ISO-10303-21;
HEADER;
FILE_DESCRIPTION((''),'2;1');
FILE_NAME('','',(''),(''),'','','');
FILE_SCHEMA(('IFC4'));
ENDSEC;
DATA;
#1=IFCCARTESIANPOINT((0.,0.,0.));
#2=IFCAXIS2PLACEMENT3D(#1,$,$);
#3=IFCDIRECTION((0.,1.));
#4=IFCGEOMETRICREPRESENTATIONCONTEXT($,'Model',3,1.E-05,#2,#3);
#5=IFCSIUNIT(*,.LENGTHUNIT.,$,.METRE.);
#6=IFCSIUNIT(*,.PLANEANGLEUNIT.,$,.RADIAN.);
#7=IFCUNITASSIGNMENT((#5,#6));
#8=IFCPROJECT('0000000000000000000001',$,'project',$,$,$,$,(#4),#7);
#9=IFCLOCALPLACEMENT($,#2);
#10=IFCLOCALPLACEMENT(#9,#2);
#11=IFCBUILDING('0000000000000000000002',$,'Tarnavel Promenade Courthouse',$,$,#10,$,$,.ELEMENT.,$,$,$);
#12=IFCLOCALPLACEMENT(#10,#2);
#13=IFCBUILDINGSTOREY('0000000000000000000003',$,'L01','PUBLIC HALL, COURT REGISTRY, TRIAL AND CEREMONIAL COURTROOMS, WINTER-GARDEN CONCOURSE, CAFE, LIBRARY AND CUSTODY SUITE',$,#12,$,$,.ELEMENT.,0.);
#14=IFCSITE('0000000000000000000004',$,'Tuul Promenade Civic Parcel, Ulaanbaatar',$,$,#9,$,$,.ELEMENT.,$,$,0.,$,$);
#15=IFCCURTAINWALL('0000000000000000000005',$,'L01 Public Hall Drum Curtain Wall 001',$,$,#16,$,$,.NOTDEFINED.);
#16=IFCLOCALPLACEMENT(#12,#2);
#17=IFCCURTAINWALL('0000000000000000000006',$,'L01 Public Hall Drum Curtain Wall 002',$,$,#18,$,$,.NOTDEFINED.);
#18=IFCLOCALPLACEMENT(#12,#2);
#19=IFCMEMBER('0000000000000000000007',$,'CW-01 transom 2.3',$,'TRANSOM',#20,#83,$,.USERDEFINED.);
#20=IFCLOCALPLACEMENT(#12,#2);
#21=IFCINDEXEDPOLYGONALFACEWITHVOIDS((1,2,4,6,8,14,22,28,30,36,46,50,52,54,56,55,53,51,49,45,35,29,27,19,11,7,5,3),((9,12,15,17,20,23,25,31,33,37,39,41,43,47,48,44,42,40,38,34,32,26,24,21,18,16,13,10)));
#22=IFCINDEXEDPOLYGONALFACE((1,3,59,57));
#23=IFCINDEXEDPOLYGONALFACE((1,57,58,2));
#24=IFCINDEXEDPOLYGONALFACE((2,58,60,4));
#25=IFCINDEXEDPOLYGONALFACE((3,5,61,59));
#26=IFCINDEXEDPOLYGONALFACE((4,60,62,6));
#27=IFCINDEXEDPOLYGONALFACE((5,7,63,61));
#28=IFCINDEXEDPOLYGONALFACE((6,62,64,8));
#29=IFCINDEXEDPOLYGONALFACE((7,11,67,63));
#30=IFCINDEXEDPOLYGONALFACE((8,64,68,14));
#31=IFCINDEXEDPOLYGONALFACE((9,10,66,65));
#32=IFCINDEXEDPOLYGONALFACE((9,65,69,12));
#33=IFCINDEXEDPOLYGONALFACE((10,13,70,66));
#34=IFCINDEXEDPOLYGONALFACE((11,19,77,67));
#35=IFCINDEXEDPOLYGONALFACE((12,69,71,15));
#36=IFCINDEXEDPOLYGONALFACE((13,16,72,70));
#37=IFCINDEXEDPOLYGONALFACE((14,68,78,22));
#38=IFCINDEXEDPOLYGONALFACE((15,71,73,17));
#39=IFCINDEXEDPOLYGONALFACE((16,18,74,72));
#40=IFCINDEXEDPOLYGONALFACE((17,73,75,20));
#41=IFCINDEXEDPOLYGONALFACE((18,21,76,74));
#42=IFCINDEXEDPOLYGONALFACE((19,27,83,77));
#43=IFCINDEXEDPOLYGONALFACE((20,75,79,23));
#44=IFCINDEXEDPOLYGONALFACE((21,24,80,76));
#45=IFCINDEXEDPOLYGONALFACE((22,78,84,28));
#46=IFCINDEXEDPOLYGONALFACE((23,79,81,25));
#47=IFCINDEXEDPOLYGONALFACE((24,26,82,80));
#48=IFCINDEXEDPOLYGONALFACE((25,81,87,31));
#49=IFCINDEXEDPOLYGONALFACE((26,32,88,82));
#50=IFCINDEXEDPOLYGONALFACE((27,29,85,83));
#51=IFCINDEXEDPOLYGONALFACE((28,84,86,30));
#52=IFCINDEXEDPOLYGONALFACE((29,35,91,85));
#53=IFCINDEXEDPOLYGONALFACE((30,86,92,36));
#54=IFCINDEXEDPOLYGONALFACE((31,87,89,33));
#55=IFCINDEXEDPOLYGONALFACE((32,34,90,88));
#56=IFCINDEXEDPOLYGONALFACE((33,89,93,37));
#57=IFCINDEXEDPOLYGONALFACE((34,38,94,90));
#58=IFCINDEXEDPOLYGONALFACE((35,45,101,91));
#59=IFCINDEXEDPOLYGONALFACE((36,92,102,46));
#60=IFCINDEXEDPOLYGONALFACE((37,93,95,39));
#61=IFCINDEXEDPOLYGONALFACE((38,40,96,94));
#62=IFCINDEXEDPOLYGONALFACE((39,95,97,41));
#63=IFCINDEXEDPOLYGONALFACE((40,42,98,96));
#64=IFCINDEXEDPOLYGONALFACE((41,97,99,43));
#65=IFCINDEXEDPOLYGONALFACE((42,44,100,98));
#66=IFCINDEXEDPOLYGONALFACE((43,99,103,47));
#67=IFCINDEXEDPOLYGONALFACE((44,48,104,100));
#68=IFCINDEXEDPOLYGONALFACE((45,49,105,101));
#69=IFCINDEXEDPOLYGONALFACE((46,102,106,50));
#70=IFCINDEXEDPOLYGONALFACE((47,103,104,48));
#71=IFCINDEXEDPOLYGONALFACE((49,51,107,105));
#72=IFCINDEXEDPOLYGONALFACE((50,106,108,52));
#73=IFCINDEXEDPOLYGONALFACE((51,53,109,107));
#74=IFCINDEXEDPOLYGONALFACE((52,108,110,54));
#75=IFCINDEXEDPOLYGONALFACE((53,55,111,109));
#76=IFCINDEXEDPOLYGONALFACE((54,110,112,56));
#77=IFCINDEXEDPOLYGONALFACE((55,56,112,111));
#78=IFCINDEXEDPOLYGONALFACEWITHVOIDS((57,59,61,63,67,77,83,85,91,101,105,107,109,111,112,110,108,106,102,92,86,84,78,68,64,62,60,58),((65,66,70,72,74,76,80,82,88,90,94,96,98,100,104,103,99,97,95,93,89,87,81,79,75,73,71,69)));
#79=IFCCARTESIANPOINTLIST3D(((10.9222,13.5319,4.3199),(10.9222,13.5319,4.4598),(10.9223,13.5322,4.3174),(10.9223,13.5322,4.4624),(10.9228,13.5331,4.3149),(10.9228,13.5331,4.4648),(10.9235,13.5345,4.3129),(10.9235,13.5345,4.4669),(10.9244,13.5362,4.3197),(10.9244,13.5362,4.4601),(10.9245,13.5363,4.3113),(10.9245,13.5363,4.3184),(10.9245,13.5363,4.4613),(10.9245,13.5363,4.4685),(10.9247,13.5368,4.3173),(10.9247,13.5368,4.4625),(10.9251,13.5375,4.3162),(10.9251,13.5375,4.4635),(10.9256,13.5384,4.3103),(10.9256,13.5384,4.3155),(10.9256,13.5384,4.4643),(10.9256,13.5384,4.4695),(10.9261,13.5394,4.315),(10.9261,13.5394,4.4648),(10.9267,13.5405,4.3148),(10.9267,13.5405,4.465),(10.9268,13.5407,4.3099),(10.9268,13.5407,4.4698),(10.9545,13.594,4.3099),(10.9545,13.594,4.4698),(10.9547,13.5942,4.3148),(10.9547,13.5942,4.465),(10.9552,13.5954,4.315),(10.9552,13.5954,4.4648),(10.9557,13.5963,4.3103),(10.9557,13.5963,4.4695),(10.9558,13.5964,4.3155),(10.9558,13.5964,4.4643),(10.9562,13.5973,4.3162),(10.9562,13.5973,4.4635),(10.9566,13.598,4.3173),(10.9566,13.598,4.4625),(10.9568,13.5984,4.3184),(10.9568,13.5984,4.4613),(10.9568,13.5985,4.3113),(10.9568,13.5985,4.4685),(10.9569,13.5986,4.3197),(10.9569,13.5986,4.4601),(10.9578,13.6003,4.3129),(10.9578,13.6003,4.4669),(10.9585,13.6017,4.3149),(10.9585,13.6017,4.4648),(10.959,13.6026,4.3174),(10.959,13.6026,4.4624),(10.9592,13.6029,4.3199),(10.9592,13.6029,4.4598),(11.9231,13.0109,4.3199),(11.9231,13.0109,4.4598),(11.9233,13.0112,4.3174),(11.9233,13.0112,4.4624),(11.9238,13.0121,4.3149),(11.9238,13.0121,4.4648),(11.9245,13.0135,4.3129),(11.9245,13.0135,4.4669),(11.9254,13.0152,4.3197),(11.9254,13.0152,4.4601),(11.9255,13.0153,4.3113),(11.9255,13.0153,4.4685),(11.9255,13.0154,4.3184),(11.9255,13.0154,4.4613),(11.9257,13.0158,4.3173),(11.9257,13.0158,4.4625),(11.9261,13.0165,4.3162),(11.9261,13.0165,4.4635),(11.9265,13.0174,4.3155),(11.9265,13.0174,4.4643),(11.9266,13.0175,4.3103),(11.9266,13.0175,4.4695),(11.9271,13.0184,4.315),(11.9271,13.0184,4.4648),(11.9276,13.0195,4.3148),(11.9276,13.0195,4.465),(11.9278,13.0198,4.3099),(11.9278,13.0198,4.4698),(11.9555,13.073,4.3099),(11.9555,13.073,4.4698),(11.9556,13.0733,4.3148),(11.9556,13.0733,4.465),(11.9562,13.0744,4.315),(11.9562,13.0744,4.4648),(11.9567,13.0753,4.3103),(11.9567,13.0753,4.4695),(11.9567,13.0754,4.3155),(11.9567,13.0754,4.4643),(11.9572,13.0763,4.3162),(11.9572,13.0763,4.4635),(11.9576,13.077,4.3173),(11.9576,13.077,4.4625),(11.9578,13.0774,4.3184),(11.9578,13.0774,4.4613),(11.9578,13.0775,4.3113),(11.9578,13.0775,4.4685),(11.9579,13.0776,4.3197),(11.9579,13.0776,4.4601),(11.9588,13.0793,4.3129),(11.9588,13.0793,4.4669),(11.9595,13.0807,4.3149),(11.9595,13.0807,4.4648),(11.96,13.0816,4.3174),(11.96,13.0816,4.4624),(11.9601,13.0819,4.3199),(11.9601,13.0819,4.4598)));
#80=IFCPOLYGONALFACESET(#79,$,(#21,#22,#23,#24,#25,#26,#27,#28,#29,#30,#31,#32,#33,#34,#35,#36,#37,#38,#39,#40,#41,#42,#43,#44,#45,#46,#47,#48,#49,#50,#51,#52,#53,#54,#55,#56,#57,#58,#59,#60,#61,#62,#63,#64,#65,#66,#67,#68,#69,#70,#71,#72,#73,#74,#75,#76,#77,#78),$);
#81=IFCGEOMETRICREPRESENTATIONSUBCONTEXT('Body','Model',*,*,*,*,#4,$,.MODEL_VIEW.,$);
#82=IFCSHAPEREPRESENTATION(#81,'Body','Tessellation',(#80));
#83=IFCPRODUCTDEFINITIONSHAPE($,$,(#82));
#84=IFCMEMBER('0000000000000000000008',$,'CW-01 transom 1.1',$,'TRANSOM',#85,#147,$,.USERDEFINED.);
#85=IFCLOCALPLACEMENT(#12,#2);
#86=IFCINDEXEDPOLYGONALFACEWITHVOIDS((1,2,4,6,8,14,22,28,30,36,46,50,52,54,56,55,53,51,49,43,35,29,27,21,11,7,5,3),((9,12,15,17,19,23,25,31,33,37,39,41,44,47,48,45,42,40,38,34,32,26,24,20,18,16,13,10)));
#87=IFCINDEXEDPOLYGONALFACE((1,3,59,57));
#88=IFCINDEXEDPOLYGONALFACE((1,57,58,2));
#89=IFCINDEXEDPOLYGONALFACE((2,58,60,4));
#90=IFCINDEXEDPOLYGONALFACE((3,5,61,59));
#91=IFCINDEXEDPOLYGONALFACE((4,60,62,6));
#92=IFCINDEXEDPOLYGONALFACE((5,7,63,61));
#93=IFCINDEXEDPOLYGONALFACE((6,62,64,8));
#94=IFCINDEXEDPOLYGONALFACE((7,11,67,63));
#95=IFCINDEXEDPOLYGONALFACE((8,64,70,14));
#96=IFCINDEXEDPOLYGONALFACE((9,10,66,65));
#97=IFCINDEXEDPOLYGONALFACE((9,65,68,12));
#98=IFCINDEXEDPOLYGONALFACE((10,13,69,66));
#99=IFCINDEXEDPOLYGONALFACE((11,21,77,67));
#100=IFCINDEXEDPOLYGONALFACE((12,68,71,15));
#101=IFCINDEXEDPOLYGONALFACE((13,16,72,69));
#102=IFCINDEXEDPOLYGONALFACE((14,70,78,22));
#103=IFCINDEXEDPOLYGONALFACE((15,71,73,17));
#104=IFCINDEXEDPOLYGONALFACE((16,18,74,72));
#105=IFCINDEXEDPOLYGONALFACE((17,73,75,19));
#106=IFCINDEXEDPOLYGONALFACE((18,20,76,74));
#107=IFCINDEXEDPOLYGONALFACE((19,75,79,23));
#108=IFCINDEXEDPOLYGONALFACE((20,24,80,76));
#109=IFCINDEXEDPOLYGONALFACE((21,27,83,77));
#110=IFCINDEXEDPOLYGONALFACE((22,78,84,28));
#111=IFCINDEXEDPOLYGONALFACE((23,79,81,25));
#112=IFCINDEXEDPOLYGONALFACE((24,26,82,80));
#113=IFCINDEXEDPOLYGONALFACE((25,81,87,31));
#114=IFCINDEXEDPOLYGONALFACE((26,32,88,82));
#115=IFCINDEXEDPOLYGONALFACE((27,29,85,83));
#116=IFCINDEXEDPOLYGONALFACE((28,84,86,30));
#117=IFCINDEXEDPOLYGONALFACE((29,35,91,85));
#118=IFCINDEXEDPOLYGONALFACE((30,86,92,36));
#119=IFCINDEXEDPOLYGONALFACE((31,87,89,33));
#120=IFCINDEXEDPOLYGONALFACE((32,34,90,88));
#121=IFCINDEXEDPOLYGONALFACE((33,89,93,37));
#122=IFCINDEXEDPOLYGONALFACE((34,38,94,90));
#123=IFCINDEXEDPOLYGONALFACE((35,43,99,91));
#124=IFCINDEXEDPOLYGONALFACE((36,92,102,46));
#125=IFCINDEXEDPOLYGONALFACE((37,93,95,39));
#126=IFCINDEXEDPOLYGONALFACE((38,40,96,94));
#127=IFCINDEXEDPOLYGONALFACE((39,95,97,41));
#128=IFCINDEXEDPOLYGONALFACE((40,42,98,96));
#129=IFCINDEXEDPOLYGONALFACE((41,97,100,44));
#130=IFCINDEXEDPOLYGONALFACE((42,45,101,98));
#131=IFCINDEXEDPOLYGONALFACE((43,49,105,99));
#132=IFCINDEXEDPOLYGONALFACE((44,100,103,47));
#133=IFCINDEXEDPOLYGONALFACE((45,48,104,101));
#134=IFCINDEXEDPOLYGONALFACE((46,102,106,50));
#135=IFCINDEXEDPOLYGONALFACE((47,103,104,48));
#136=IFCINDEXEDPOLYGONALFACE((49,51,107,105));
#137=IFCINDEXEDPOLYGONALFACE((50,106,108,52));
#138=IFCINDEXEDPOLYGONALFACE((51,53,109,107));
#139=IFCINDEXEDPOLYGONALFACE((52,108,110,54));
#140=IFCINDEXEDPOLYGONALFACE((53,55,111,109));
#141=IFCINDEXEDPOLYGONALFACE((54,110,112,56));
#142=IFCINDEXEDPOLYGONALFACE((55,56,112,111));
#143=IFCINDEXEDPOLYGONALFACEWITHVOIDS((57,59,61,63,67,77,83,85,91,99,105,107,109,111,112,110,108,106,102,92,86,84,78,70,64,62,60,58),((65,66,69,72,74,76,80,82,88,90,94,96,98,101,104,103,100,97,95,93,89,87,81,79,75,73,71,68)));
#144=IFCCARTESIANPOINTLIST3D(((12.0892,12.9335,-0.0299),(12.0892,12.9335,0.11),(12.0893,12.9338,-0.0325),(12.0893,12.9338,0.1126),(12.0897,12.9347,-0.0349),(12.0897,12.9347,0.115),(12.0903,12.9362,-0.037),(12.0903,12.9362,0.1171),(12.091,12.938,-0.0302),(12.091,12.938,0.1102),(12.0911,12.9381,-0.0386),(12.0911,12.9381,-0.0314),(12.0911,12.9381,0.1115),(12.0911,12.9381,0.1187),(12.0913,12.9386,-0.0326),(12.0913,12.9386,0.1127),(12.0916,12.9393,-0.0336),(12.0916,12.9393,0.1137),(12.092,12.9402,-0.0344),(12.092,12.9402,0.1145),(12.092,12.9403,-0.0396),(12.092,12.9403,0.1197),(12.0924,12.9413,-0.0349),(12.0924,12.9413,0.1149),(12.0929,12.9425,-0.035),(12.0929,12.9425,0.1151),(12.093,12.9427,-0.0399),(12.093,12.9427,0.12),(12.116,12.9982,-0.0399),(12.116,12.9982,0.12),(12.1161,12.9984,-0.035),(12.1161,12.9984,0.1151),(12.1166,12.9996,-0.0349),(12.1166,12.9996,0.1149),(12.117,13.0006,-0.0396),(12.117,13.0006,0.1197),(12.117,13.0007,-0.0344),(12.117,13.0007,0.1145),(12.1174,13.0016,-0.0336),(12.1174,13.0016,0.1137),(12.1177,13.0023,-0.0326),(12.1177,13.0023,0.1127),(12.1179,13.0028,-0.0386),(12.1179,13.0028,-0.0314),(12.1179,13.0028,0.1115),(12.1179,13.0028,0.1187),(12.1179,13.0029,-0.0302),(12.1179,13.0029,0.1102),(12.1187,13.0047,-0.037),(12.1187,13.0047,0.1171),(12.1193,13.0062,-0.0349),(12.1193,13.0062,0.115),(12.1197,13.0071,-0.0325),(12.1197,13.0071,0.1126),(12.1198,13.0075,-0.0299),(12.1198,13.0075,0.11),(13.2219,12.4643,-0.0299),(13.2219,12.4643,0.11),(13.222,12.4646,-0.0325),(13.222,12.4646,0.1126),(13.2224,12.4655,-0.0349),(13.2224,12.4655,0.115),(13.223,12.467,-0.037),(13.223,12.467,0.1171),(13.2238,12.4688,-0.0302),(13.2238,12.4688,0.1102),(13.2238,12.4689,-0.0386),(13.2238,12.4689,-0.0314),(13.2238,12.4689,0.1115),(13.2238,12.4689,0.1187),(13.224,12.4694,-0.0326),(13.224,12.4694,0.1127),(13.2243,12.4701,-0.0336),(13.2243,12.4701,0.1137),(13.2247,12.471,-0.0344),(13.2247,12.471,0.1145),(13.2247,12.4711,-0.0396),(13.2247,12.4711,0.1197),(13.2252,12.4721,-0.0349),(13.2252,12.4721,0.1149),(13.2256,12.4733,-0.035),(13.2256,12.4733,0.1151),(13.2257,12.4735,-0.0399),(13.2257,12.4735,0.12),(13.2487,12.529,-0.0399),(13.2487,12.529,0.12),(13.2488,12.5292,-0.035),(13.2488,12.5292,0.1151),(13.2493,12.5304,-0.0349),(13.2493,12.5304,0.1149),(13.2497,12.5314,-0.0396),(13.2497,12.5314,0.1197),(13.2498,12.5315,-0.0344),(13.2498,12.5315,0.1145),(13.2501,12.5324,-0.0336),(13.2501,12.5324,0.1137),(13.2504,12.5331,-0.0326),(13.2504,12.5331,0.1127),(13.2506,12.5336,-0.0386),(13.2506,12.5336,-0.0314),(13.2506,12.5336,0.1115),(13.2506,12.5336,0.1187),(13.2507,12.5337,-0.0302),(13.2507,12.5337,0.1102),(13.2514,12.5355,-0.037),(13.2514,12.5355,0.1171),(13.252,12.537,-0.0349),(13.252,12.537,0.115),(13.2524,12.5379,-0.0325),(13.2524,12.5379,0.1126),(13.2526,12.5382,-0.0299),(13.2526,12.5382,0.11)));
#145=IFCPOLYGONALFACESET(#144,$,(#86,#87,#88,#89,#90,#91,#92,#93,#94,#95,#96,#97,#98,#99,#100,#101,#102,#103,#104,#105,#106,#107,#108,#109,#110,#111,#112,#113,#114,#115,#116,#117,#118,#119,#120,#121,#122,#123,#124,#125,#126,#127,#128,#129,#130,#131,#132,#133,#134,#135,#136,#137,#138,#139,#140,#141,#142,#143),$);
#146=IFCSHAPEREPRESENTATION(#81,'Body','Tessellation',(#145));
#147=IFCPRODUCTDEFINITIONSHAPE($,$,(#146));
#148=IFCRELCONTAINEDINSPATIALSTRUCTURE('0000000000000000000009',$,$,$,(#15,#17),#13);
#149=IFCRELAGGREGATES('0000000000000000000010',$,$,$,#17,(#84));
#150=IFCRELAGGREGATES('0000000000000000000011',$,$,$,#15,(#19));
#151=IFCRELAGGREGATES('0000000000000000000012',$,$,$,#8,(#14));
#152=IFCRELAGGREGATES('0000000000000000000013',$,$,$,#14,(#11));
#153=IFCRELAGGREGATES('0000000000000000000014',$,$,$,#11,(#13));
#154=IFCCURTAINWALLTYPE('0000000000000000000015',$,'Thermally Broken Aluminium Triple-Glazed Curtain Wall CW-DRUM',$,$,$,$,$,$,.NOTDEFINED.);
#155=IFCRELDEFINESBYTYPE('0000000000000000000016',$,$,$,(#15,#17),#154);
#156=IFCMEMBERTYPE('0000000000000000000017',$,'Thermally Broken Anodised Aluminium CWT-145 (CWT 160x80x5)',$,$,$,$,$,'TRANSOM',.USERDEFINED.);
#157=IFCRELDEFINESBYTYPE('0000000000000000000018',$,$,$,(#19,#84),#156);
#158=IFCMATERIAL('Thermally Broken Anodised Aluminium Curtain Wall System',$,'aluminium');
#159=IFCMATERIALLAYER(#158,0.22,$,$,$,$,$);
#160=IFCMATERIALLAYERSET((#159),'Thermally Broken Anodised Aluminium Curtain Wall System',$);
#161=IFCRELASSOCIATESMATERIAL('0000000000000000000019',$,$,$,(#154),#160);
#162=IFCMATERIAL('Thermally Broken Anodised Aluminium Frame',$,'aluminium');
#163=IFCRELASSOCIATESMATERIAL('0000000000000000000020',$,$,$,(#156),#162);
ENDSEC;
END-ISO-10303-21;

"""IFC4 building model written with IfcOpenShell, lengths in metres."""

from ifc_helpers import new_model, si_unit, direction, frame, origin, origin_2d, place, context, subcontext, project, spatial, hollow_rectangle, extrude, material, layer, layer_set, material_profile, profile_set, type_object, element, aggregate, save


model = new_model("IFC4")

# Units and contexts
model_context = context("Model", 3, precision=1e-05, world=origin(), true_north=direction((0.0, 1.0)))
body_context = subcontext(model_context, "Body", "Model", "MODEL_VIEW")
ifc_project = project(units=[si_unit("LENGTHUNIT", "METRE"), si_unit("PLANEANGLEUNIT", "RADIAN")], contexts=[model_context])

# Site, building, storey
site_placement = place(None, origin())
site = spatial("IfcSite", under=ifc_project, at=site_placement, Name="Tuul Promenade Civic Parcel, Ulaanbaatar", CompositionType="ELEMENT", RefElevation=0.0)
building_placement = place(site_placement, origin())
building = spatial("IfcBuilding", under=site, at=building_placement, Name="Tarnavel Promenade Courthouse", CompositionType="ELEMENT")
storey_placement = place(building_placement, origin())
storey = spatial("IfcBuildingStorey", under=building, at=storey_placement, Name="L01", Description="PUBLIC HALL, COURT REGISTRY, TRIAL AND CEREMONIAL COURTROOMS, WINTER-GARDEN CONCOURSE, CAFE, LIBRARY AND CUSTODY SUITE", CompositionType="ELEMENT", Elevation=0.0)

# Curtain wall
ifc_material_1 = material(Name="Thermally Broken Anodised Aluminium Curtain Wall System", Category="aluminium")
ifc_layer_1 = layer(ifc_material_1, 0.22)
ifc_layer_set_1 = layer_set([ifc_layer_1], Name="Thermally Broken Anodised Aluminium Curtain Wall System")
curtain_wall_type = type_object("IfcCurtainWallType", Name="Thermally Broken Aluminium Triple-Glazed Curtain Wall CW-DRUM", PredefinedType="NOTDEFINED", material=ifc_layer_set_1)
curtain_wall_1_placement = place(storey_placement, origin())
curtain_wall_1 = element("IfcCurtainWall", 1, at=curtain_wall_1_placement, inside=storey, type_object=curtain_wall_type, Name="L01 Public Hall Drum Curtain Wall 001", PredefinedType="NOTDEFINED")
ifc_material_2 = material(Name="Thermally Broken Anodised Aluminium Frame", Category="aluminium")

# Curtain wall
curtain_wall_2_placement = place(storey_placement, origin())
curtain_wall_2 = element("IfcCurtainWall", 2, at=curtain_wall_2_placement, inside=storey, type_object=curtain_wall_type, Name="L01 Public Hall Drum Curtain Wall 002", PredefinedType="NOTDEFINED")

# Members
ifc_material_profile_1 = material_profile(ifc_material_2, hollow_rectangle(XDim=0.0801, YDim=0.1599, WallThickness=0.0049, InnerFilletRadius=0.0049, OuterFilletRadius=0.01, at=origin_2d()), Name="CWT 160x80x5")
ifc_profile_set_1 = profile_set([ifc_material_profile_1], Name="Thermally Broken Anodised Aluminium Frame")
member_type_1 = type_object("IfcMemberType", Name="Thermally Broken Anodised Aluminium CWT-145 (CWT 160x80x5)", ElementType="TRANSOM", PredefinedType="USERDEFINED", material=ifc_profile_set_1)
member_1_placement = place(storey_placement, frame((10.9407, 13.5674, 4.3899), z_axis=(0.88704, -0.461693, 0.0), x_axis=(0.461693, 0.88704, 0.0)))
member_1 = element("IfcMember", 3, at=member_1_placement, type_object=member_type_1, Name="CW-01 transom 2.3", ObjectType="TRANSOM", PredefinedType="USERDEFINED", context=body_context, shape_type="SweptSolid", body=[
    extrude(hollow_rectangle(XDim=0.0801, YDim=0.1599, WallThickness=0.0049, InnerFilletRadius=0.0049, OuterFilletRadius=0.01, at=origin_2d()), origin(), (0.0, 0.0, 1.0), 1.1284),
])
member_2_placement = place(storey_placement, frame((12.1045, 12.9705, 0.04), z_axis=(0.923876, -0.382692, 0.0), x_axis=(0.382692, 0.923876, 0.0)))
member_2 = element("IfcMember", 4, at=member_2_placement, type_object=member_type_1, Name="CW-01 transom 1.1", ObjectType="TRANSOM", PredefinedType="USERDEFINED", context=body_context, shape_type="SweptSolid", body=[
    extrude(hollow_rectangle(XDim=0.0801, YDim=0.1599, WallThickness=0.0049, InnerFilletRadius=0.0049, OuterFilletRadius=0.01, at=origin_2d()), origin(), (0.0, 0.0, 1.0), 1.2261),
])
aggregate(curtain_wall_2, [member_2])

aggregate(curtain_wall_1, [member_1])

save(model, "model.ifc")
